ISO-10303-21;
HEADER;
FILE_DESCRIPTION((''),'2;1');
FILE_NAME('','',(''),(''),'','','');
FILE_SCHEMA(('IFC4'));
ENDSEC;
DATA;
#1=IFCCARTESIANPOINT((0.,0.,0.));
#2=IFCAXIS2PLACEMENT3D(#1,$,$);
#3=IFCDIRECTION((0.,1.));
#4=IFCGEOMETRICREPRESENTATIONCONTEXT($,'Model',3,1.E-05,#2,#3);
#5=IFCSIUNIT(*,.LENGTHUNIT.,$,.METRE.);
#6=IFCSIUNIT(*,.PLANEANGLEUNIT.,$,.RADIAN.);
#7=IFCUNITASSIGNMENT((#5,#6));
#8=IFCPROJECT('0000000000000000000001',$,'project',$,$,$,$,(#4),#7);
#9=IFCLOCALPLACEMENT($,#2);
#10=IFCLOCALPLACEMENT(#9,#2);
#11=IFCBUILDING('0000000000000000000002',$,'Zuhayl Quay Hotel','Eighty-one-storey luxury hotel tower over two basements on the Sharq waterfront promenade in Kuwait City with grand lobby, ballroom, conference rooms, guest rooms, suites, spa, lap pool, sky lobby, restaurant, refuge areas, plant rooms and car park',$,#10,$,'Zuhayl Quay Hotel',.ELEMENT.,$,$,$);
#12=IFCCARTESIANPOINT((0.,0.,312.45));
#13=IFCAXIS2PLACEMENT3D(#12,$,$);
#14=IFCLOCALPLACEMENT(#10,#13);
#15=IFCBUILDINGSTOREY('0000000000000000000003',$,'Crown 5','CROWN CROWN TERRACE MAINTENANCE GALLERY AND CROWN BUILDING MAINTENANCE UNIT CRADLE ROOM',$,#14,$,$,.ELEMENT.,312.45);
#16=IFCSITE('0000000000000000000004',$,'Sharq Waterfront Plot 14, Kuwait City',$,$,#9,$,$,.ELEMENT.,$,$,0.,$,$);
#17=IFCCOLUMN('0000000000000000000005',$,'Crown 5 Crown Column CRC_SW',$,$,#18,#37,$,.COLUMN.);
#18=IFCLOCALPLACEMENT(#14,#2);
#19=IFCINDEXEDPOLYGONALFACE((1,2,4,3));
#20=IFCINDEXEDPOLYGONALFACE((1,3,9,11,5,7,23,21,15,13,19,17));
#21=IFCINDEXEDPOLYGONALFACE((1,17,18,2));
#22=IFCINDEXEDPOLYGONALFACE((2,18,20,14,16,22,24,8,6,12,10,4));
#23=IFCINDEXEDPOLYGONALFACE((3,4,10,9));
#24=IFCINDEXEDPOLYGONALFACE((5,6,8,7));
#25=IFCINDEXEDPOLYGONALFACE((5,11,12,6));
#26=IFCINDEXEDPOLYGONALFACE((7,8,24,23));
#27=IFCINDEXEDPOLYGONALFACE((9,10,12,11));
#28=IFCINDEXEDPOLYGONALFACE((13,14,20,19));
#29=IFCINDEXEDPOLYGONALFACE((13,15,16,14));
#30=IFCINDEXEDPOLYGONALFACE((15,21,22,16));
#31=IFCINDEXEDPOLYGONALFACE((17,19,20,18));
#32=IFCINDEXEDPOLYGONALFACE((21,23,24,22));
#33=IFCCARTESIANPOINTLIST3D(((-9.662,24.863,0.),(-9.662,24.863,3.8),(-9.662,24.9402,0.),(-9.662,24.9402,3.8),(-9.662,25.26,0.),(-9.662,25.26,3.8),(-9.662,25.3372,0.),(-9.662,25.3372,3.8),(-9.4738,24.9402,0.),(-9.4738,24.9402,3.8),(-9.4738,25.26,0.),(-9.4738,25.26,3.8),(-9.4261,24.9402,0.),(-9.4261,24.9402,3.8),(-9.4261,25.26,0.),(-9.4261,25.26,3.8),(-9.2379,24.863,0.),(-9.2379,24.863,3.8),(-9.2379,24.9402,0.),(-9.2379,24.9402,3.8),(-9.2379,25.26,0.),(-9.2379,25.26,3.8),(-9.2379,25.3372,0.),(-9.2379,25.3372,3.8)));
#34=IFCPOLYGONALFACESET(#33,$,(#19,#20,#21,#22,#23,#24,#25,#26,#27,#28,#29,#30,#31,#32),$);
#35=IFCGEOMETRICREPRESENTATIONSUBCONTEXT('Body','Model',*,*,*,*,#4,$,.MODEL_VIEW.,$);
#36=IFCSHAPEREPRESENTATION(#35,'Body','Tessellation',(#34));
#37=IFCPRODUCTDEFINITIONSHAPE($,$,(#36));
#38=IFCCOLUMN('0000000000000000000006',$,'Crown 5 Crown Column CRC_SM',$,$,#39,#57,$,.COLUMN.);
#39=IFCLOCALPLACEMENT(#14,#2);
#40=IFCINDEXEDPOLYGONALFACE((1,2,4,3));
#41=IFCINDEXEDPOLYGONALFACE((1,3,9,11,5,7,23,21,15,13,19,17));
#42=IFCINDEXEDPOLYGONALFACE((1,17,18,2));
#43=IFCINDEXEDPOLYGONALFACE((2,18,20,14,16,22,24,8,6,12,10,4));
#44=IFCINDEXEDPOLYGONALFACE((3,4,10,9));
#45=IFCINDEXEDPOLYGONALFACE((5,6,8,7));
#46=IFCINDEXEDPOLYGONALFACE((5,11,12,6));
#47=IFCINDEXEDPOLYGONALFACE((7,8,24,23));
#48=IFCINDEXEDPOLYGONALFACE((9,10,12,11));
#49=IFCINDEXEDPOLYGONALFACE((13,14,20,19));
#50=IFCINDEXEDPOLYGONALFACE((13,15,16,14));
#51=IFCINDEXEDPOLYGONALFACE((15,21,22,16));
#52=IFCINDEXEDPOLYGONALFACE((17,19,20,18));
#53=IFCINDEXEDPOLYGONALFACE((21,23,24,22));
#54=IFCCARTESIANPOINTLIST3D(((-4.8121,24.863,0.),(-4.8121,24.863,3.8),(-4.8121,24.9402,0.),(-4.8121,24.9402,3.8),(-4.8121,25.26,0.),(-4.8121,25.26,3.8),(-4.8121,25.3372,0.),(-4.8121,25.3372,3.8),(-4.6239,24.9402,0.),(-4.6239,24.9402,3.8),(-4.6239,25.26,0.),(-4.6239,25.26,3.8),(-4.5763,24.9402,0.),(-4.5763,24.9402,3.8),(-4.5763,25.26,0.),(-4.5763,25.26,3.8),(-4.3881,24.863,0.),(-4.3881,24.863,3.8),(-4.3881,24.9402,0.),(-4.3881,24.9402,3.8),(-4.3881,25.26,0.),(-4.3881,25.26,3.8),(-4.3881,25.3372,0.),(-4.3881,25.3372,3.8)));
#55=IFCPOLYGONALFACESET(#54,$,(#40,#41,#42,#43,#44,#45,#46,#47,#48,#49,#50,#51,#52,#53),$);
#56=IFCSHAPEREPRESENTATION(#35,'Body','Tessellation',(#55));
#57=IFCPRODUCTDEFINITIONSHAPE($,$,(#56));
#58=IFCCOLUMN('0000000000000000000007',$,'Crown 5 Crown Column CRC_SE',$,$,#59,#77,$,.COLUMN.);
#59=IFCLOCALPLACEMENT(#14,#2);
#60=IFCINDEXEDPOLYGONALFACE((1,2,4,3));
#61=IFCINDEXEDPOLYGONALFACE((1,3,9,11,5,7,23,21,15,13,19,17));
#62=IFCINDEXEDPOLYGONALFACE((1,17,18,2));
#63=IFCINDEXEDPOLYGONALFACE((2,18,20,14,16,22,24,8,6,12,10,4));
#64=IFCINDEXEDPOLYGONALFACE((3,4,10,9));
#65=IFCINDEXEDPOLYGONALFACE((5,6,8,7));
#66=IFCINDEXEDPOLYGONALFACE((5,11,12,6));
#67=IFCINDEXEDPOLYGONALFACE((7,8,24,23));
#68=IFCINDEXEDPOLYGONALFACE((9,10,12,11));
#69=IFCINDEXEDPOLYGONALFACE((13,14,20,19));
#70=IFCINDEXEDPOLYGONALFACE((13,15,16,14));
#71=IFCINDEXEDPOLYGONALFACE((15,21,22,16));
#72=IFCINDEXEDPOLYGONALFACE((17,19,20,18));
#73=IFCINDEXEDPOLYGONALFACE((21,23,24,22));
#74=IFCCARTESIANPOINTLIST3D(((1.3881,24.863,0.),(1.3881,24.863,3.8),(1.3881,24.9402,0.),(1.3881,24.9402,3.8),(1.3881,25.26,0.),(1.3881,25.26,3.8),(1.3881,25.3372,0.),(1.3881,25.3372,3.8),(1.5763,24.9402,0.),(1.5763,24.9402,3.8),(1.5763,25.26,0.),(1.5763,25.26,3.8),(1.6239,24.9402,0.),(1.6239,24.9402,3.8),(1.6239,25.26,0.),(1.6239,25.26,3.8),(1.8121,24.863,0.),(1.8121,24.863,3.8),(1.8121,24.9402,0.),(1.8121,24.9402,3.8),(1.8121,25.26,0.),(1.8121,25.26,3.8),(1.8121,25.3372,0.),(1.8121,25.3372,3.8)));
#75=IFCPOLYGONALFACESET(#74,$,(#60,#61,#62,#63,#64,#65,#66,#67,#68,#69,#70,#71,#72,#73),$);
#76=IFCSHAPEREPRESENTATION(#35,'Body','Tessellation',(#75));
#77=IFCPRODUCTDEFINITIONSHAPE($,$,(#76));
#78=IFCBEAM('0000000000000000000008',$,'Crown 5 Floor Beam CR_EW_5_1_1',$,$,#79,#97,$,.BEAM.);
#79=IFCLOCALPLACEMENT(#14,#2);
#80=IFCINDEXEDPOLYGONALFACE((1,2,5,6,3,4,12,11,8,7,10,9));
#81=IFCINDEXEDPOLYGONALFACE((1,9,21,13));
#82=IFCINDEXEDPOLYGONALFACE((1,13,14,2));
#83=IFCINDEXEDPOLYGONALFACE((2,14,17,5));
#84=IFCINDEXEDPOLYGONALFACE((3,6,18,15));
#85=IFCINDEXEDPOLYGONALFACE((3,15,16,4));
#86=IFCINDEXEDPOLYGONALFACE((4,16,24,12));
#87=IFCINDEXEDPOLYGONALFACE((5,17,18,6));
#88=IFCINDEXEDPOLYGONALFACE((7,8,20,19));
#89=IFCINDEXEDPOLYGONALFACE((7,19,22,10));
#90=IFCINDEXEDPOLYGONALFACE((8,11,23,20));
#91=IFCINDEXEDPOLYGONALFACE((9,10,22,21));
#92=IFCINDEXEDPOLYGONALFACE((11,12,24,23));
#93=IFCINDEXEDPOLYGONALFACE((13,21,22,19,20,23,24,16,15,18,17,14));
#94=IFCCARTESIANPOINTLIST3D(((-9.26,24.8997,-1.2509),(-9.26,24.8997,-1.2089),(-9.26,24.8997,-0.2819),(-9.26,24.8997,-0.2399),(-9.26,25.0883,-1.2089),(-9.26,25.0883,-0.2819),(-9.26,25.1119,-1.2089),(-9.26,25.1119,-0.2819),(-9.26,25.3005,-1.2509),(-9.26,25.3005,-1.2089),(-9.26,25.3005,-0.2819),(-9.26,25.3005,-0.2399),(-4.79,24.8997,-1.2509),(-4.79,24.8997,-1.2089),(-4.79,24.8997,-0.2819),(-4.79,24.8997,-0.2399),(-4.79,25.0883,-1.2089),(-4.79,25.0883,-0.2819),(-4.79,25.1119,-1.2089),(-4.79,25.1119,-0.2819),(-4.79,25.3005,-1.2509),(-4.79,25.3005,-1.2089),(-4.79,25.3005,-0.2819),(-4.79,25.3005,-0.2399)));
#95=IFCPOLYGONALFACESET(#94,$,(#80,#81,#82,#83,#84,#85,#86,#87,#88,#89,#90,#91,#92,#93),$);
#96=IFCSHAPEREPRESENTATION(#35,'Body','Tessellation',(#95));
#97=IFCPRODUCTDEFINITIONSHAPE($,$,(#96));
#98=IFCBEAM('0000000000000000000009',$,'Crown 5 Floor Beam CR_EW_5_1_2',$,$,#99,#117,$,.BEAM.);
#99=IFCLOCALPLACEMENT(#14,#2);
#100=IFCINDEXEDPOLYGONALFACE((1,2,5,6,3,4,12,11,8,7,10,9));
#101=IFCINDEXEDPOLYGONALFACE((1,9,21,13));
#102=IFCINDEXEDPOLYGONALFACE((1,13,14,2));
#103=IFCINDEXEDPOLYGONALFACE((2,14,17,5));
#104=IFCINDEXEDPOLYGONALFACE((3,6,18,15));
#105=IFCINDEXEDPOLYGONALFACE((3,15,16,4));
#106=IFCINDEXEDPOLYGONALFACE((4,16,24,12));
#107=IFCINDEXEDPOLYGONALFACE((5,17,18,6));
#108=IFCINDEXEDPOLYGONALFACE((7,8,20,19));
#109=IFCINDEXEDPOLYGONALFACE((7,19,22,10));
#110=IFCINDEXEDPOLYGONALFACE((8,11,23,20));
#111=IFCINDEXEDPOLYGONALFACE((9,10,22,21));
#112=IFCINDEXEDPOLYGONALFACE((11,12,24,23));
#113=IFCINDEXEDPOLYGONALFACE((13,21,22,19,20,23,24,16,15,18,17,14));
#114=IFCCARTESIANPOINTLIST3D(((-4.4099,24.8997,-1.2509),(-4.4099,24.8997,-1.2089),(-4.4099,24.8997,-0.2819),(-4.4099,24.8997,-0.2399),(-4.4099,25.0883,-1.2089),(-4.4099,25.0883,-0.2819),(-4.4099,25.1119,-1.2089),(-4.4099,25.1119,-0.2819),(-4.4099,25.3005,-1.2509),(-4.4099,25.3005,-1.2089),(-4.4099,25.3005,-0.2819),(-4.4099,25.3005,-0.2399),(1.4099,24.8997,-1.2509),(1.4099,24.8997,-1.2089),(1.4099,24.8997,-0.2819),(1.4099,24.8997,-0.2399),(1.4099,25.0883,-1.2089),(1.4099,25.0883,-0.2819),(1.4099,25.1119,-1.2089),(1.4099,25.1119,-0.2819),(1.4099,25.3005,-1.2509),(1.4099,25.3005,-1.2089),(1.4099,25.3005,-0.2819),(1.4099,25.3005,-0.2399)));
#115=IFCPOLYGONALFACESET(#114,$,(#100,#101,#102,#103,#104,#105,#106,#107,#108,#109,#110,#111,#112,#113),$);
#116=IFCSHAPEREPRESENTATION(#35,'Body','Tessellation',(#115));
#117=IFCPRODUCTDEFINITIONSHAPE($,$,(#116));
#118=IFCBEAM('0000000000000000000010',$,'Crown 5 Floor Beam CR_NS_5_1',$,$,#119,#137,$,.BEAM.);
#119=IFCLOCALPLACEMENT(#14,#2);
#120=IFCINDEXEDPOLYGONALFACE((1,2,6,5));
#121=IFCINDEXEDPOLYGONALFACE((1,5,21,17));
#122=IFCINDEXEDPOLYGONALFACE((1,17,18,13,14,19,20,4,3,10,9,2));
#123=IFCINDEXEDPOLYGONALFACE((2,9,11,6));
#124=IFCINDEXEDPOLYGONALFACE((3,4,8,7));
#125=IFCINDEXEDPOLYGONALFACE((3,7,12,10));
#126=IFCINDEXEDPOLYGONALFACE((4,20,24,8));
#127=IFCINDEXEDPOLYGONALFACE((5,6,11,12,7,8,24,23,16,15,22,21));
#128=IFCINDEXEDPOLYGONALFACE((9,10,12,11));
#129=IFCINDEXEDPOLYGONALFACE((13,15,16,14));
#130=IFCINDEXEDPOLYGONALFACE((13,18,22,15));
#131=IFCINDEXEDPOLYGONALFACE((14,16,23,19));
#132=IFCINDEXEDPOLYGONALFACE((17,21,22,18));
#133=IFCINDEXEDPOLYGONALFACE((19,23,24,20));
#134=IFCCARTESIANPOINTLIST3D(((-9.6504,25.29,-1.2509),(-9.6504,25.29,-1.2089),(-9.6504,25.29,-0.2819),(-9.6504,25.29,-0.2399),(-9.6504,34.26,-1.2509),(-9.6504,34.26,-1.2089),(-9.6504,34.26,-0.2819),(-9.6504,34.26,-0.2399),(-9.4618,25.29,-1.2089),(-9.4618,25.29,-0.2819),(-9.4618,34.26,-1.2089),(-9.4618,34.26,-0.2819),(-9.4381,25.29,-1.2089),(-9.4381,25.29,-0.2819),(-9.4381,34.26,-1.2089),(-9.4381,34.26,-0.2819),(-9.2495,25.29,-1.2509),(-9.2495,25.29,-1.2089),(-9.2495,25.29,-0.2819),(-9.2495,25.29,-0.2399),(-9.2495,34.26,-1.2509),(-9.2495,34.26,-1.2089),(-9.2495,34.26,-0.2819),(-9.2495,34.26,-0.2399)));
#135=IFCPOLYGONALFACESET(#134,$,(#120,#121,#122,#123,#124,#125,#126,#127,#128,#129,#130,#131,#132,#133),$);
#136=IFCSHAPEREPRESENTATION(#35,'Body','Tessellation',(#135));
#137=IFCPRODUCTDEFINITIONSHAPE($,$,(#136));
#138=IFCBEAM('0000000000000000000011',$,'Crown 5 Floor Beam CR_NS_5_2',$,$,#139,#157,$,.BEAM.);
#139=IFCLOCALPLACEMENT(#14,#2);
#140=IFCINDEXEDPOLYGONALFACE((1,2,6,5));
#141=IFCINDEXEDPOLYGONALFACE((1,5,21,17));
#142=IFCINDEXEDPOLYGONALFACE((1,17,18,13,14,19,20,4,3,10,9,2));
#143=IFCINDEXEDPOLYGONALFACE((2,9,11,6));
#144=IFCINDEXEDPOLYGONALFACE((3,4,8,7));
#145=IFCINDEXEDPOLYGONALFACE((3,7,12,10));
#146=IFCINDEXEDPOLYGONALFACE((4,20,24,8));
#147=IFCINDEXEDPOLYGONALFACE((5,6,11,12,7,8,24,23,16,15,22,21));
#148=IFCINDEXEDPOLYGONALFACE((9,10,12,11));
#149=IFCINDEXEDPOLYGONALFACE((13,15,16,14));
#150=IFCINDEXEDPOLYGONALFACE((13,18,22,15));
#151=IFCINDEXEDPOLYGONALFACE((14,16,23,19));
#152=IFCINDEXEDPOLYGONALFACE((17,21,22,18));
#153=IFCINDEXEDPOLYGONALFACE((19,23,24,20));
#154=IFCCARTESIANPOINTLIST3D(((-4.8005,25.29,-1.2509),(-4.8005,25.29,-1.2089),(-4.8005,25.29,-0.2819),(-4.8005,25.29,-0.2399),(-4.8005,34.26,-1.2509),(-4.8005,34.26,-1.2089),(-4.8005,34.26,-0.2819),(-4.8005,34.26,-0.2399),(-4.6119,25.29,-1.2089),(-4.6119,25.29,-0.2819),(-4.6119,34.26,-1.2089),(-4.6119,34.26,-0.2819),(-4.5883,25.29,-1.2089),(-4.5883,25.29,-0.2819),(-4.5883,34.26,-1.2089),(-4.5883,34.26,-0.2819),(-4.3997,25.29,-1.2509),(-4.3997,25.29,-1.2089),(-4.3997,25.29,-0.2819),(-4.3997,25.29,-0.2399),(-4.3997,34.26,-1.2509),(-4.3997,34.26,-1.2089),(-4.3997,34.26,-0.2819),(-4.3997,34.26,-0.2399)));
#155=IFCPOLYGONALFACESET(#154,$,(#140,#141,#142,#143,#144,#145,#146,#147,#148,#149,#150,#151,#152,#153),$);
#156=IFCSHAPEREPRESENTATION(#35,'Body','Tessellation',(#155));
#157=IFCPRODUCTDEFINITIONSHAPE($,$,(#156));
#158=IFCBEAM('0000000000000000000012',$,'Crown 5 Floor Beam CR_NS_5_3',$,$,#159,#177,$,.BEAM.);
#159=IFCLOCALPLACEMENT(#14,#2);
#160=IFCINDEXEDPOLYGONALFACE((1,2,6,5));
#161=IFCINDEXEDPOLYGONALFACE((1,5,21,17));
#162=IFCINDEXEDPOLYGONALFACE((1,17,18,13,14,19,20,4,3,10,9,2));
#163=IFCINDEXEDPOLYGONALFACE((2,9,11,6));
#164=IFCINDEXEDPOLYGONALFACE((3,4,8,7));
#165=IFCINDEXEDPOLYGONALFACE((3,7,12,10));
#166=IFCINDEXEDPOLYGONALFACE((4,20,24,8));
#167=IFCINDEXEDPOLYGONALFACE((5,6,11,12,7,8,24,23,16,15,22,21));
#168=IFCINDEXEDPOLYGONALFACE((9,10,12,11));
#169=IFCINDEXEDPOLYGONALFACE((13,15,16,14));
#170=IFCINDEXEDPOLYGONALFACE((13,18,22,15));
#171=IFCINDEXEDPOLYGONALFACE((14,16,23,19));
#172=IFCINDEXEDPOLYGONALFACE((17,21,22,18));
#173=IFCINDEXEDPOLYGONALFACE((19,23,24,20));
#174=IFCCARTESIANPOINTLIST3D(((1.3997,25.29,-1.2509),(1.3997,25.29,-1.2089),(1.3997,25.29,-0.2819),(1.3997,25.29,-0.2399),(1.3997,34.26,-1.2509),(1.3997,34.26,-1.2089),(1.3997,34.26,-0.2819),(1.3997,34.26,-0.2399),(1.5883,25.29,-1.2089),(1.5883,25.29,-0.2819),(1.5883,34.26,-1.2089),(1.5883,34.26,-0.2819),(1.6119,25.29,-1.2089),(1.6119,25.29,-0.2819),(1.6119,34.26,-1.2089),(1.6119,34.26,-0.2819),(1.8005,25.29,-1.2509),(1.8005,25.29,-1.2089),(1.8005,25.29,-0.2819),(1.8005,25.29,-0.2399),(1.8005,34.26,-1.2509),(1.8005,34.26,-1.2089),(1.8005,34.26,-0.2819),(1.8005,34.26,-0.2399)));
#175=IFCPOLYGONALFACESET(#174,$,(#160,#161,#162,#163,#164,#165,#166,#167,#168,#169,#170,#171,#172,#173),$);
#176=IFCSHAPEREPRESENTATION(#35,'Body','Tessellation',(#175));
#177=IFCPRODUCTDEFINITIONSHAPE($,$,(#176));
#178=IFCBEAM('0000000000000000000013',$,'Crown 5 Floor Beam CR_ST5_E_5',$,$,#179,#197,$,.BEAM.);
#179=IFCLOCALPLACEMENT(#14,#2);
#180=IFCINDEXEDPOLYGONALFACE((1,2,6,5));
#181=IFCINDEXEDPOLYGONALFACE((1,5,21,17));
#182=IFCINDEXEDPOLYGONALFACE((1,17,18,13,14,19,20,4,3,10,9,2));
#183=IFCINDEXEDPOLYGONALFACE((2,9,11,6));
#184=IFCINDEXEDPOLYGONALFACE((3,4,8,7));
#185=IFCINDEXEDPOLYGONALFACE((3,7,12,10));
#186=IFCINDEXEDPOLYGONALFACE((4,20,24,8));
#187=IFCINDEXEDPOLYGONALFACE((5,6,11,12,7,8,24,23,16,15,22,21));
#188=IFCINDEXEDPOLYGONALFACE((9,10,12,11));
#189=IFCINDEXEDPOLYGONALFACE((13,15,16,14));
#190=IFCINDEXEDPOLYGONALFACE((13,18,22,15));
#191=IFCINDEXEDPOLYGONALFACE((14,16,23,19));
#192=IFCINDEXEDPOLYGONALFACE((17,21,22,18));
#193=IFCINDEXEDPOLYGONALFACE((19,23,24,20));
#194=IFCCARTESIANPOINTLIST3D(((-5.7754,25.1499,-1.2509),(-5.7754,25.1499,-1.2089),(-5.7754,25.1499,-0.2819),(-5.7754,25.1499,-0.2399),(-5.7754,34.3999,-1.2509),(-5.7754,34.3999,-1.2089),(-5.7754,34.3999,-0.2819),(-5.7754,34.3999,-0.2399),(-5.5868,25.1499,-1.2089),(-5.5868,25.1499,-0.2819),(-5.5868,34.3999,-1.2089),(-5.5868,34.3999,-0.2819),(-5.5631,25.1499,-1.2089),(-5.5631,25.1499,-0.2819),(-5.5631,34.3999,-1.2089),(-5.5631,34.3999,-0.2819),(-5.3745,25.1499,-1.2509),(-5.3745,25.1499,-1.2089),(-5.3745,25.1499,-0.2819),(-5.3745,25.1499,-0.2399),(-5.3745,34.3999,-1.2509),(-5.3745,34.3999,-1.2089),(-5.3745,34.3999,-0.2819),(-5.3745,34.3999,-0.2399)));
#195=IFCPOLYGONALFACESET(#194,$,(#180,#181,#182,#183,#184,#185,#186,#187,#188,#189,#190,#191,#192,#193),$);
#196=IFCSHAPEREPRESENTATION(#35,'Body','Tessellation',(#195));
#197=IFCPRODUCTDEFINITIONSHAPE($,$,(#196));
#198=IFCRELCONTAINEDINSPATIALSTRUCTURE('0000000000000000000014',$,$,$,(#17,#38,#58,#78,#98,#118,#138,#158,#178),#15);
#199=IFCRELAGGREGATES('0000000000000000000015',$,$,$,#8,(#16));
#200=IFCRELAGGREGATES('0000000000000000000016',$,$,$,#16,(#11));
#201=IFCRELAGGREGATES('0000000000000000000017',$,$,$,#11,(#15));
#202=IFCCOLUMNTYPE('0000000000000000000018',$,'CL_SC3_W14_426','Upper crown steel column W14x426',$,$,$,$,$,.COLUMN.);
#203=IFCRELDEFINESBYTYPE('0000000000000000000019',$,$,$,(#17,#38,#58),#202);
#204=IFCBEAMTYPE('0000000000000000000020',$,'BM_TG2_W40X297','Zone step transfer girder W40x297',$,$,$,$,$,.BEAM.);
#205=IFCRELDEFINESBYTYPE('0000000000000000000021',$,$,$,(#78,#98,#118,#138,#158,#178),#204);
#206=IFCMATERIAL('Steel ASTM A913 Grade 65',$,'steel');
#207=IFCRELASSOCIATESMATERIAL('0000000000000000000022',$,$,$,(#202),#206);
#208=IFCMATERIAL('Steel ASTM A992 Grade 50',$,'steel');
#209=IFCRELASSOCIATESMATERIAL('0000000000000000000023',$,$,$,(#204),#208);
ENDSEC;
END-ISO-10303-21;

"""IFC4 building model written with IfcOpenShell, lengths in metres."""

from ifc_helpers import new_model, si_unit, direction, frame, origin, origin_2d, place, context, subcontext, project, spatial, i_section, extrude, material, material_profile, profile_set, type_object, element, save


model = new_model("IFC4")

# Units and contexts
model_context = context("Model", 3, precision=1e-05, world=origin(), true_north=direction((0.0, 1.0)))
body_context = subcontext(model_context, "Body", "Model", "MODEL_VIEW")
ifc_project = project(units=[si_unit("LENGTHUNIT", "METRE"), si_unit("PLANEANGLEUNIT", "RADIAN")], contexts=[model_context])

# Site, building, storey
site_placement = place(None, origin())
site = spatial("IfcSite", under=ifc_project, at=site_placement, Name="Sharq Waterfront Plot 14, Kuwait City", CompositionType="ELEMENT", RefElevation=0.0)
building_placement = place(site_placement, origin())
building = spatial("IfcBuilding", under=site, at=building_placement, Name="Zuhayl Quay Hotel", Description="Eighty-one-storey luxury hotel tower over two basements on the Sharq waterfront promenade in Kuwait City with grand lobby, ballroom, conference rooms, guest rooms, suites, spa, lap pool, sky lobby, restaurant, refuge areas, plant rooms and car park", LongName="Zuhayl Quay Hotel", CompositionType="ELEMENT")
storey_placement = place(building_placement, frame((0.0, 0.0, 312.45)))
storey = spatial("IfcBuildingStorey", under=building, at=storey_placement, Name="Crown 5", Description="CROWN CROWN TERRACE MAINTENANCE GALLERY AND CROWN BUILDING MAINTENANCE UNIT CRADLE ROOM", CompositionType="ELEMENT", Elevation=312.45)

# Columns
ifc_material_1 = material(Name="Steel ASTM A913 Grade 65", Category="steel")
ifc_material_profile_1 = material_profile(ifc_material_1, i_section(OverallWidth=0.4241, OverallDepth=0.4741, WebThickness=0.0476, FlangeThickness=0.0771, at=origin_2d()), Name="W14X426")
ifc_profile_set_1 = profile_set([ifc_material_profile_1], Name="Steel ASTM A913 Grade 65")
column_type = type_object("IfcColumnType", Name="CL_SC3_W14_426", Description="Upper crown steel column W14x426", PredefinedType="COLUMN", material=ifc_profile_set_1)
for number, where, z_axis, x_axis, name in (
    (1, (-9.45, 25.1001, 0.0), (0.0, 0.0, 1.0), (1.0, 0.0, 0.0), "Crown 5 Crown Column CRC_SW"),
    (2, (-4.6001, 25.1001, 0.0), (0.0, 0.0, 1.0), (1.0, 0.0, 0.0), "Crown 5 Crown Column CRC_SM"),
    (3, (1.6001, 25.1001, 0.0), (0.0, 0.0, 1.0), (1.0, 0.0, 0.0), "Crown 5 Crown Column CRC_SE"),
):
    element("IfcColumn", number, at=place(storey_placement, frame(where, z_axis=z_axis, x_axis=x_axis)), inside=storey, type_object=column_type, Name=name, PredefinedType="COLUMN", context=body_context, shape_type="SweptSolid", body=[
        extrude(i_section(OverallWidth=0.4241, OverallDepth=0.4741, WebThickness=0.0476, FlangeThickness=0.0771, at=origin_2d()), origin(), (0.0, 0.0, 1.0), 3.8),
    ])

# Beams
ifc_material_2 = material(Name="Steel ASTM A992 Grade 50", Category="steel")
ifc_material_profile_2 = material_profile(ifc_material_2, i_section(OverallWidth=0.4009, OverallDepth=1.011, WebThickness=0.0237, FlangeThickness=0.042, at=origin_2d()), Name="W40X297")
ifc_profile_set_2 = profile_set([ifc_material_profile_2], Name="Steel ASTM A992 Grade 50")
beam_type = type_object("IfcBeamType", Name="BM_TG2_W40X297", Description="Zone step transfer girder W40x297", PredefinedType="BEAM", material=ifc_profile_set_2)
beam_1_placement = place(storey_placement, frame((-9.26, 25.1001, -0.7454), z_axis=(1.0, 0.0, 0.0), x_axis=(0.0, 1.0, 0.0)))
element("IfcBeam", 4, at=beam_1_placement, inside=storey, type_object=beam_type, Name="Crown 5 Floor Beam CR_EW_5_1_1", PredefinedType="BEAM", context=body_context, shape_type="SweptSolid", body=[
    extrude(i_section(OverallWidth=0.4009, OverallDepth=1.011, WebThickness=0.0237, FlangeThickness=0.042, at=origin_2d()), origin(), (0.0, 0.0, 1.0), 4.47),
])
beam_2_placement = place(storey_placement, frame((-4.4099, 25.1001, -0.7454), z_axis=(1.0, 0.0, 0.0), x_axis=(0.0, 1.0, 0.0)))
element("IfcBeam", 5, at=beam_2_placement, inside=storey, type_object=beam_type, Name="Crown 5 Floor Beam CR_EW_5_1_2", PredefinedType="BEAM", context=body_context, shape_type="SweptSolid", body=[
    extrude(i_section(OverallWidth=0.4009, OverallDepth=1.011, WebThickness=0.0237, FlangeThickness=0.042, at=origin_2d()), origin(), (0.0, 0.0, 1.0), 5.8198),
])
for number, where, z_axis, x_axis, name in (
    (6, (-9.45, 25.29, -0.7454), (0.0, 1.0, 0.0), (-1.0, 0.0, 0.0), "Crown 5 Floor Beam CR_NS_5_1"),
    (7, (-4.6001, 25.29, -0.7454), (0.0, 1.0, 0.0), (-1.0, 0.0, 0.0), "Crown 5 Floor Beam CR_NS_5_2"),
    (8, (1.6001, 25.29, -0.7454), (0.0, 1.0, 0.0), (-1.0, 0.0, 0.0), "Crown 5 Floor Beam CR_NS_5_3"),
):
    element("IfcBeam", number, at=place(storey_placement, frame(where, z_axis=z_axis, x_axis=x_axis)), inside=storey, type_object=beam_type, Name=name, PredefinedType="BEAM", context=body_context, shape_type="SweptSolid", body=[
        extrude(i_section(OverallWidth=0.4009, OverallDepth=1.011, WebThickness=0.0237, FlangeThickness=0.042, at=origin_2d()), origin(), (0.0, 0.0, 1.0), 8.97),
    ])
for number, where, z_axis, x_axis, name in (
    (9, (-5.575, 25.1499, -0.7454), (0.0, 1.0, 0.0), (-1.0, 0.0, 0.0), "Crown 5 Floor Beam CR_ST5_E_5"),
):
    element("IfcBeam", number, at=place(storey_placement, frame(where, z_axis=z_axis, x_axis=x_axis)), inside=storey, type_object=beam_type, Name=name, PredefinedType="BEAM", context=body_context, shape_type="SweptSolid", body=[
        extrude(i_section(OverallWidth=0.4009, OverallDepth=1.011, WebThickness=0.0237, FlangeThickness=0.042, at=origin_2d()), origin(), (0.0, 0.0, 1.0), 9.25),
    ])

save(model, "model.ifc")
